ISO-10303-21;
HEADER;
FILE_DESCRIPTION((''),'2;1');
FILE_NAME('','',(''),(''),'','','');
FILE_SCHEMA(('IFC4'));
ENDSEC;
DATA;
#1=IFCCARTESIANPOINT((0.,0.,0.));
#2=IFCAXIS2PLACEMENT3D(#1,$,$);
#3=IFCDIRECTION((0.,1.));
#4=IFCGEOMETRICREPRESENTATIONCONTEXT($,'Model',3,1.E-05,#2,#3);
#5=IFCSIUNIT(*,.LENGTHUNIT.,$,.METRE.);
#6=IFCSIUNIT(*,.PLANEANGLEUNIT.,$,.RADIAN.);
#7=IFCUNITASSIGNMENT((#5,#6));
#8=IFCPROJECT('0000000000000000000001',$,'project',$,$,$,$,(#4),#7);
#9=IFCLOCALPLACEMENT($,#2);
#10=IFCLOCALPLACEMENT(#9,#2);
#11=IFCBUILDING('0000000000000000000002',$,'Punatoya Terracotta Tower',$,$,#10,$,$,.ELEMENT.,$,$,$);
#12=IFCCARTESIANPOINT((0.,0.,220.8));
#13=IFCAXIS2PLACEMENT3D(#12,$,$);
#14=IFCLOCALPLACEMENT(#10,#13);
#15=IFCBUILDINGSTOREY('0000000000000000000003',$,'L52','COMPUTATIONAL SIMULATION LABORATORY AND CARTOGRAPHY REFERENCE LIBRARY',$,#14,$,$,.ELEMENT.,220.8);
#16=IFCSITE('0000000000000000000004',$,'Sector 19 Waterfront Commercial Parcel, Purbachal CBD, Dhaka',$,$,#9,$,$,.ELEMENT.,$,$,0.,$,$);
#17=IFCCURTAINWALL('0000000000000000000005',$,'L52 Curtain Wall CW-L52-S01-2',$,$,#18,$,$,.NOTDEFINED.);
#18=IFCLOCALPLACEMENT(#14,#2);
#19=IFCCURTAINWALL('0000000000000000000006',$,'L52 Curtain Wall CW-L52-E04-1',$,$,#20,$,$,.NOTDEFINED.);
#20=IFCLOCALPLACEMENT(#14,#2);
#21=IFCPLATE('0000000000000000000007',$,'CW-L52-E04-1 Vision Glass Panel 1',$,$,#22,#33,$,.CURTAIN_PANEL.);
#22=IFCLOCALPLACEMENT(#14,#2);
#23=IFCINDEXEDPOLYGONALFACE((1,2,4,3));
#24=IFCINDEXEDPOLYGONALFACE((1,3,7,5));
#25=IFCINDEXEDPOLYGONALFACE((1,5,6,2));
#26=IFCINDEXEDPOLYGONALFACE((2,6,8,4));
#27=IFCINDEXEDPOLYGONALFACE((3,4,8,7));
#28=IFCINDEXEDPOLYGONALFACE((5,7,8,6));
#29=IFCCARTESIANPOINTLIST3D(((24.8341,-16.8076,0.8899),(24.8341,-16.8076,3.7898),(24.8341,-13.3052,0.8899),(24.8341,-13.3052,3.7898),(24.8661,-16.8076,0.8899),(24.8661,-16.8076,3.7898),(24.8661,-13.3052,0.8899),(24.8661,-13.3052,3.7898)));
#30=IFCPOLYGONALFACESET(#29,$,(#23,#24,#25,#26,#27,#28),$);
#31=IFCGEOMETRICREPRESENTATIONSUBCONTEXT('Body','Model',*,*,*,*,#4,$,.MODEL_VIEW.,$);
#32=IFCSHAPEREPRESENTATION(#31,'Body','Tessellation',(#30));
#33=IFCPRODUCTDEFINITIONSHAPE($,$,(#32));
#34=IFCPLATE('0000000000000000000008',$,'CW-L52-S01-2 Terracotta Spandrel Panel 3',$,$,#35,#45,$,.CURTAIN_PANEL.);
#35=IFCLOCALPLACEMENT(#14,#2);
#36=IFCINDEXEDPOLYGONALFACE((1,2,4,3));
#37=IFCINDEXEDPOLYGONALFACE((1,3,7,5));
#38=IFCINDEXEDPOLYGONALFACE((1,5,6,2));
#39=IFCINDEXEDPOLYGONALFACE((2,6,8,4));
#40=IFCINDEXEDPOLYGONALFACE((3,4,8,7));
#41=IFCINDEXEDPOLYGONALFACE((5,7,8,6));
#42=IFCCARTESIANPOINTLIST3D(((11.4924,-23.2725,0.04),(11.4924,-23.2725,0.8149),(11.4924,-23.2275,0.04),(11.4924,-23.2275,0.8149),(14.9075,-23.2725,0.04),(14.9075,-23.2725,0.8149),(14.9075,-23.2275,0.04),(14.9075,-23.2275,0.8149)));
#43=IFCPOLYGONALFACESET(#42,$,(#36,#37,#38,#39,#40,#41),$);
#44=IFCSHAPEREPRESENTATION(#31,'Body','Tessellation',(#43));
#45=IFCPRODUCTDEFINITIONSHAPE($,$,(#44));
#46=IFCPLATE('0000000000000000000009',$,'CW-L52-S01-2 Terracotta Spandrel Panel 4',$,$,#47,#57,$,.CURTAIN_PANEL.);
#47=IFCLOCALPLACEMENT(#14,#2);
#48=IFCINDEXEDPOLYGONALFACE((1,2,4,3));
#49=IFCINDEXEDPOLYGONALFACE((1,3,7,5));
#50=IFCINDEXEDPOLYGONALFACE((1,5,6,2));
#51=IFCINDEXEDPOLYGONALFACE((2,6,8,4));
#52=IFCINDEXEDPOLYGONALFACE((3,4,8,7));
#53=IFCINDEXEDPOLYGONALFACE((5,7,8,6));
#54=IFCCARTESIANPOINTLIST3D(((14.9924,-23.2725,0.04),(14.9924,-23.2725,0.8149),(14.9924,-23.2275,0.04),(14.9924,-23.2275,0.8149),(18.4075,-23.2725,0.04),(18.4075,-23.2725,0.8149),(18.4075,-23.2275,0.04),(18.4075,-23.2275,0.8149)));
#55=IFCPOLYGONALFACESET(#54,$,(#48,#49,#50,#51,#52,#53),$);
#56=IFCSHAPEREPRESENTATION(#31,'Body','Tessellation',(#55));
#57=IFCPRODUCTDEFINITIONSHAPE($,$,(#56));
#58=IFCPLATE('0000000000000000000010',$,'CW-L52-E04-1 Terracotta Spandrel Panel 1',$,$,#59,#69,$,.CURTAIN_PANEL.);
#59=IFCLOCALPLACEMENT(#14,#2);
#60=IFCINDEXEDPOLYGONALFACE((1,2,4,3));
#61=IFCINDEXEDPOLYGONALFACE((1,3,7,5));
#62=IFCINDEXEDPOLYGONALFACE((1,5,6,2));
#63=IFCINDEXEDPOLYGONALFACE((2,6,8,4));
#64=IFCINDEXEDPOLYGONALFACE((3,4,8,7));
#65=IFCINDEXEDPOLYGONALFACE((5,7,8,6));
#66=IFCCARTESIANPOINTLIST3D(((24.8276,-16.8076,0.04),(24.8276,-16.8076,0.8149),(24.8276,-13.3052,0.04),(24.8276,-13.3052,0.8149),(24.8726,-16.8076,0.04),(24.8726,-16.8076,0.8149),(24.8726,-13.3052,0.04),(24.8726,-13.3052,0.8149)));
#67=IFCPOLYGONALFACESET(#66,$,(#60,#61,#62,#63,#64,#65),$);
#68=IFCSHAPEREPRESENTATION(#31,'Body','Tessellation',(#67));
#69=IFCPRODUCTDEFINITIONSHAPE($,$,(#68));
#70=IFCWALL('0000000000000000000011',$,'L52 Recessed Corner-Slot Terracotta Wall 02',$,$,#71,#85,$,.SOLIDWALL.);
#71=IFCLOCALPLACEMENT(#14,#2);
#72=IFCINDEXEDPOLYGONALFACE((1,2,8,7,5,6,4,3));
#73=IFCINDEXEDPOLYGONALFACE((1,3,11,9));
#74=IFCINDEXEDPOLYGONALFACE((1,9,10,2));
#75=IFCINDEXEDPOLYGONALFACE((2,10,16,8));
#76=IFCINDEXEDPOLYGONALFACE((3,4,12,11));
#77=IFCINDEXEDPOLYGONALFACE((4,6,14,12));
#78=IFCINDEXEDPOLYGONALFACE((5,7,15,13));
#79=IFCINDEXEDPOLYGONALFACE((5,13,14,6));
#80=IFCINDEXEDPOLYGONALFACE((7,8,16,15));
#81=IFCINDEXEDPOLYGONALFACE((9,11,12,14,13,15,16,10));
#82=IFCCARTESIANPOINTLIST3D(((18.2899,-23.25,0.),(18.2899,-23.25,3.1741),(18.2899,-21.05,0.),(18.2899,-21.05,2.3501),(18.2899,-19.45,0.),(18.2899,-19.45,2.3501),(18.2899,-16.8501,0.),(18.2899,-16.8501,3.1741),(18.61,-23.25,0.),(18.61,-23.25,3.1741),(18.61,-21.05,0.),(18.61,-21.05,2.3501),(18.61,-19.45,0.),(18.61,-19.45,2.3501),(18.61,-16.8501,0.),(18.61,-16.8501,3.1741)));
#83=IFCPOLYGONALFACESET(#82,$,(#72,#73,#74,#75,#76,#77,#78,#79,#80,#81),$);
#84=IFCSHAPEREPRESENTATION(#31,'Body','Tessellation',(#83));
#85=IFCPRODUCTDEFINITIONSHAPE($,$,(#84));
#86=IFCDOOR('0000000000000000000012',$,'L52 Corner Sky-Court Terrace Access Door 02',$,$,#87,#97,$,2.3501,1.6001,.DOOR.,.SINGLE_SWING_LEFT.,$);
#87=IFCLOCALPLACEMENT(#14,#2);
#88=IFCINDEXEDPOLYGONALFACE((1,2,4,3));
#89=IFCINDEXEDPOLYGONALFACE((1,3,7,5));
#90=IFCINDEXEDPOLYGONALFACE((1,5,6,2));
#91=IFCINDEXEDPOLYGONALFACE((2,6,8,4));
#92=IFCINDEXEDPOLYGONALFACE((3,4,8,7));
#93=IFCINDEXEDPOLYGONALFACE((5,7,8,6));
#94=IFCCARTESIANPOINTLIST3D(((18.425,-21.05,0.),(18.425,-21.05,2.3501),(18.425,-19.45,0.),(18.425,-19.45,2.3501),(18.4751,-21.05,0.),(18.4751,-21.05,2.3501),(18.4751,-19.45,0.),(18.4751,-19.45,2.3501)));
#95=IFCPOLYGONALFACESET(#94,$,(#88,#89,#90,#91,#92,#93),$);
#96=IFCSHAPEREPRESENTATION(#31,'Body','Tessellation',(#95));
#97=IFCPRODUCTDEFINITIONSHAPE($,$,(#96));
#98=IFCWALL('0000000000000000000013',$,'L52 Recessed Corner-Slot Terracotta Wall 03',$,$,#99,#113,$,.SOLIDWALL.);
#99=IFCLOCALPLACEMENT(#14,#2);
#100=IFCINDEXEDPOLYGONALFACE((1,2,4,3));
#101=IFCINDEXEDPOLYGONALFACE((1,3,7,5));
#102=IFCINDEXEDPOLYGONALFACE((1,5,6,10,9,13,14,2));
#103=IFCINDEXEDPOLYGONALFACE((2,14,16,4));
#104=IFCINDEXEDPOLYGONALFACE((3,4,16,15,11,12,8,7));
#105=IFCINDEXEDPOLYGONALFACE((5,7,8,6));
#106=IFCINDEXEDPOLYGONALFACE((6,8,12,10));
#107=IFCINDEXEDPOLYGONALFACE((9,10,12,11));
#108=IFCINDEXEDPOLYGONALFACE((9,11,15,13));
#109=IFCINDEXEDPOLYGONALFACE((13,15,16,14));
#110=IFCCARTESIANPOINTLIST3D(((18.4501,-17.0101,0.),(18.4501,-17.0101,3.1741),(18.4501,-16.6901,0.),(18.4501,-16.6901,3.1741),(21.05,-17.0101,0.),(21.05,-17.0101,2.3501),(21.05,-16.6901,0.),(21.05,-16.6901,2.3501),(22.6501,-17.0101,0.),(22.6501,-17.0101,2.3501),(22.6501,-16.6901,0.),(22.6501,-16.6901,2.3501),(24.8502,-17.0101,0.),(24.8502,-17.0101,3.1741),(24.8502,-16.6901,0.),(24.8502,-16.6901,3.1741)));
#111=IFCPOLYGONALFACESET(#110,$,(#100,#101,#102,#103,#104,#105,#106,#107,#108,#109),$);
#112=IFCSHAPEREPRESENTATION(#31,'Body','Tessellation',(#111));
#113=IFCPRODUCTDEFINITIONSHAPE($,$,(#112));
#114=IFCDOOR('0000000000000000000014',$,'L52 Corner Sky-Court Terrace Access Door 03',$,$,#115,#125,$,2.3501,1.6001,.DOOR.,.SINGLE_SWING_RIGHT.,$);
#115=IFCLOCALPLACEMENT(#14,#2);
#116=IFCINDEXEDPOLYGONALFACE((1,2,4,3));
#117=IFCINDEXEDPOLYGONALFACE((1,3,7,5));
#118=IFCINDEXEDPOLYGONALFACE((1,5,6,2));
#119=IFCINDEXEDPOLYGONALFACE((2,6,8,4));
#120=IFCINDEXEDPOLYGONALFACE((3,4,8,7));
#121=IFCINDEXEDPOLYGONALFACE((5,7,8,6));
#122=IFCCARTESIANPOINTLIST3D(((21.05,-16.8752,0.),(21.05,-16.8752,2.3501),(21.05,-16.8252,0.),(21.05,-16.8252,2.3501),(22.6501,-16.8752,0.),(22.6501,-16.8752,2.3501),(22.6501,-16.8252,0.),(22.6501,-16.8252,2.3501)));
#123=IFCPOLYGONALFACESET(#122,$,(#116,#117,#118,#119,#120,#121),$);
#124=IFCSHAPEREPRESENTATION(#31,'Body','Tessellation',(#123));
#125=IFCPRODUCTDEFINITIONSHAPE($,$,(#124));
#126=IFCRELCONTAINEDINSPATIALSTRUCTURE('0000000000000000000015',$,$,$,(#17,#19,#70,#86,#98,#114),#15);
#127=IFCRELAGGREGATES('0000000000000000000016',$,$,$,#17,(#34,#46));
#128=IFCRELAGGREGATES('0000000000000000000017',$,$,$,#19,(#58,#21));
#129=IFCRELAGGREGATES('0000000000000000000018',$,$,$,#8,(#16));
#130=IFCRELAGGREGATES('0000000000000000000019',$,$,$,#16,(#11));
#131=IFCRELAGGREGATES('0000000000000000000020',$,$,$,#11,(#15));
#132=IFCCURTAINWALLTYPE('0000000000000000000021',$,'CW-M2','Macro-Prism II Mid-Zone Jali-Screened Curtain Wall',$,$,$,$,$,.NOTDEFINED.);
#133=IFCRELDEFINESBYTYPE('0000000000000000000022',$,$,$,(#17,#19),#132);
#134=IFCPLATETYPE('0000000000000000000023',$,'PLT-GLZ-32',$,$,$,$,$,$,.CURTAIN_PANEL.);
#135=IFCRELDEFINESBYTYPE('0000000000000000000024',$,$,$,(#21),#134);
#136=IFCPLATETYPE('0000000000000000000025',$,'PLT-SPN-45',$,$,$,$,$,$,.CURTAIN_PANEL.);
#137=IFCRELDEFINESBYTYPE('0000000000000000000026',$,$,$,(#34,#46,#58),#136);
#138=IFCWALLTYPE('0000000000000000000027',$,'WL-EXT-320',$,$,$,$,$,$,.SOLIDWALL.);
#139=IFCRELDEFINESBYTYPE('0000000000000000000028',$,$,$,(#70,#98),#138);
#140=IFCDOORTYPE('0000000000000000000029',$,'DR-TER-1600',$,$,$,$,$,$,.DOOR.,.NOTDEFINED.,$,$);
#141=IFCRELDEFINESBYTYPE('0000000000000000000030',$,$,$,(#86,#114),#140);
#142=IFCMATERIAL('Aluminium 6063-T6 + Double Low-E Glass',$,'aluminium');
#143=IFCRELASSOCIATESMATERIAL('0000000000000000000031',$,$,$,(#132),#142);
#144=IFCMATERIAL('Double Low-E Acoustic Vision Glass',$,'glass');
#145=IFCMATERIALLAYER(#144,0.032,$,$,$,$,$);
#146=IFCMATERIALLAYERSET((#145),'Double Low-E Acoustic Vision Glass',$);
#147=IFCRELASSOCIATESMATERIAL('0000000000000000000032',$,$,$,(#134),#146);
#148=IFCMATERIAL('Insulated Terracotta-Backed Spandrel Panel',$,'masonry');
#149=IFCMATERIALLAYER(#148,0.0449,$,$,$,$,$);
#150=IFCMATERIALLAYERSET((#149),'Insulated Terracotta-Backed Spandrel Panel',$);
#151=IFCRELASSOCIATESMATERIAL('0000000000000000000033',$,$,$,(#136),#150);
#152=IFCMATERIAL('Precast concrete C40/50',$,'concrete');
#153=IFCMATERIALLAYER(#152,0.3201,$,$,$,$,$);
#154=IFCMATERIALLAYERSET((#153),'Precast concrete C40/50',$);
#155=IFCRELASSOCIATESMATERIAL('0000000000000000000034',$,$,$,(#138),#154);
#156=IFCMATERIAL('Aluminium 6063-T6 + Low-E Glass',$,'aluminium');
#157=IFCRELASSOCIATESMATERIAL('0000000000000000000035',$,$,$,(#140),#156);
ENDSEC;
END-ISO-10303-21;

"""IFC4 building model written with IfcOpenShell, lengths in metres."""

from ifc_helpers import new_model, si_unit, direction, frame, frame_2d, origin, origin_2d, place, context, subcontext, project, spatial, rectangle, extrude, material, layer, layer_set, type_object, element, fill, aggregate, save


model = new_model("IFC4")

# Units and contexts
model_context = context("Model", 3, precision=1e-05, world=origin(), true_north=direction((0.0, 1.0)))
body_context = subcontext(model_context, "Body", "Model", "MODEL_VIEW")
ifc_project = project(units=[si_unit("LENGTHUNIT", "METRE"), si_unit("PLANEANGLEUNIT", "RADIAN")], contexts=[model_context])

# Site, building, storey
site_placement = place(None, origin())
site = spatial("IfcSite", under=ifc_project, at=site_placement, Name="Sector 19 Waterfront Commercial Parcel, Purbachal CBD, Dhaka", CompositionType="ELEMENT", RefElevation=0.0)
building_placement = place(site_placement, origin())
building = spatial("IfcBuilding", under=site, at=building_placement, Name="Punatoya Terracotta Tower", CompositionType="ELEMENT")
storey_placement = place(building_placement, frame((0.0, 0.0, 220.8)))
storey = spatial("IfcBuildingStorey", under=building, at=storey_placement, Name="L52", Description="COMPUTATIONAL SIMULATION LABORATORY AND CARTOGRAPHY REFERENCE LIBRARY", CompositionType="ELEMENT", Elevation=220.8)

# Curtain walls
ifc_material_1 = material(Name="Aluminium 6063-T6 + Double Low-E Glass", Category="aluminium")
curtain_wall_type = type_object("IfcCurtainWallType", Name="CW-M2", Description="Macro-Prism II Mid-Zone Jali-Screened Curtain Wall", PredefinedType="NOTDEFINED", material=ifc_material_1)
curtain_wall_1_placement = place(storey_placement, origin())
curtain_wall_1 = element("IfcCurtainWall", 1, at=curtain_wall_1_placement, inside=storey, type_object=curtain_wall_type, Name="L52 Curtain Wall CW-L52-S01-2", PredefinedType="NOTDEFINED")
curtain_wall_2_placement = place(storey_placement, origin())
curtain_wall_2 = element("IfcCurtainWall", 2, at=curtain_wall_2_placement, inside=storey, type_object=curtain_wall_type, Name="L52 Curtain Wall CW-L52-E04-1", PredefinedType="NOTDEFINED")

# Plates
ifc_material_2 = material(Name="Double Low-E Acoustic Vision Glass", Category="glass")
ifc_layer_1 = layer(ifc_material_2, 0.032)
ifc_layer_set_1 = layer_set([ifc_layer_1], Name="Double Low-E Acoustic Vision Glass")
plate_type_1 = type_object("IfcPlateType", Name="PLT-GLZ-32", PredefinedType="CURTAIN_PANEL", material=ifc_layer_set_1)
plate_1_placement = place(storey_placement, frame((24.8501, -15.0564, 0.8899), z_axis=(0.0, 0.0, 1.0), x_axis=(0.0, 1.0, 0.0)))
plate_1 = element("IfcPlate", 3, at=plate_1_placement, type_object=plate_type_1, Name="CW-L52-E04-1 Vision Glass Panel 1", PredefinedType="CURTAIN_PANEL", context=body_context, shape_type="SweptSolid", body=[
    extrude(rectangle(XDim=3.5024, YDim=0.032, at=origin_2d()), origin(), (0.0, 0.0, 1.0), 2.8999),
])
ifc_material_3 = material(Name="Insulated Terracotta-Backed Spandrel Panel", Category="masonry")
ifc_layer_2 = layer(ifc_material_3, 0.0449)
ifc_layer_set_2 = layer_set([ifc_layer_2], Name="Insulated Terracotta-Backed Spandrel Panel")
plate_type_2 = type_object("IfcPlateType", Name="PLT-SPN-45", PredefinedType="CURTAIN_PANEL", material=ifc_layer_set_2)
plate_2_placement = place(storey_placement, frame((13.2, -23.25, 0.04), z_axis=(0.0, 0.0, 1.0), x_axis=(1.0, 0.0, 0.0)))
plate_2 = element("IfcPlate", 4, at=plate_2_placement, type_object=plate_type_2, Name="CW-L52-S01-2 Terracotta Spandrel Panel 3", PredefinedType="CURTAIN_PANEL", context=body_context, shape_type="SweptSolid", body=[
    extrude(rectangle(XDim=3.415, YDim=0.0449, at=origin_2d()), origin(), (0.0, 0.0, 1.0), 0.7749),
])
plate_3_placement = place(storey_placement, frame((16.7, -23.25, 0.04), z_axis=(0.0, 0.0, 1.0), x_axis=(1.0, 0.0, 0.0)))
plate_3 = element("IfcPlate", 5, at=plate_3_placement, type_object=plate_type_2, Name="CW-L52-S01-2 Terracotta Spandrel Panel 4", PredefinedType="CURTAIN_PANEL", context=body_context, shape_type="SweptSolid", body=[
    extrude(rectangle(XDim=3.415, YDim=0.0449, at=origin_2d()), origin(), (0.0, 0.0, 1.0), 0.7749),
])
aggregate(curtain_wall_1, [plate_2, plate_3])
plate_4_placement = place(storey_placement, frame((24.8501, -15.0564, 0.04), z_axis=(0.0, 0.0, 1.0), x_axis=(0.0, 1.0, 0.0)))
plate_4 = element("IfcPlate", 6, at=plate_4_placement, type_object=plate_type_2, Name="CW-L52-E04-1 Terracotta Spandrel Panel 1", PredefinedType="CURTAIN_PANEL", context=body_context, shape_type="SweptSolid", body=[
    extrude(rectangle(XDim=3.5024, YDim=0.0449, at=origin_2d()), origin(), (0.0, 0.0, 1.0), 0.7749),
])
aggregate(curtain_wall_2, [plate_4, plate_1])

# Walls, openings, doors
ifc_material_4 = material(Name="Precast concrete C40/50", Category="concrete")
ifc_layer_3 = layer(ifc_material_4, 0.3201)
ifc_layer_set_3 = layer_set([ifc_layer_3], Name="Precast concrete C40/50")
wall_type = type_object("IfcWallType", Name="WL-EXT-320", PredefinedType="SOLIDWALL", material=ifc_layer_set_3)
wall_1_placement = place(storey_placement, frame((18.45, -23.25, 0.0), z_axis=(0.0, 0.0, 1.0), x_axis=(0.0, 1.0, 0.0)))
wall_1 = element("IfcWall", 7, at=wall_1_placement, inside=storey, type_object=wall_type, Name="L52 Recessed Corner-Slot Terracotta Wall 02", PredefinedType="SOLIDWALL", context=body_context, shape_type="SweptSolid", body=[
    extrude(rectangle(XDim=6.3999, YDim=0.3201, at=frame_2d((3.2, 0.0))), origin(), (0.0, 0.0, 1.0), 3.1741),
])
opening_1_placement = place(wall_1_placement, frame((2.2, 0.0, 0.0)))
opening_1 = element("IfcOpeningElement", 8, at=opening_1_placement, cuts=wall_1, PredefinedType="OPENING", context=body_context, shape_type="SweptSolid", body=[
    extrude(rectangle(XDim=1.6001, YDim=2.3501, at=frame_2d((0.8, 1.175))), frame((0.0, 0.1699, 0.0), z_axis=(0.0, -1.0, 0.0), x_axis=(1.0, 0.0, 0.0)), (0.0, 0.0, 1.0), 0.3401),
])
ifc_material_5 = material(Name="Aluminium 6063-T6 + Low-E Glass", Category="aluminium")
door_type = type_object("IfcDoorType", Name="DR-TER-1600", OperationType="NOTDEFINED", PredefinedType="DOOR", material=ifc_material_5)
door_1_placement = place(opening_1_placement, origin())
door_1 = element("IfcDoor", 9, at=door_1_placement, inside=storey, type_object=door_type, Name="L52 Corner Sky-Court Terrace Access Door 02", OperationType="SINGLE_SWING_LEFT", OverallHeight=2.3501, OverallWidth=1.6001, PredefinedType="DOOR", context=body_context, shape_type="SweptSolid", body=[
    extrude(rectangle(XDim=1.6001, YDim=2.3501, at=frame_2d((0.8, 1.175))), frame((0.0, 0.0249, 0.0), z_axis=(0.0, -1.0, 0.0), x_axis=(1.0, 0.0, 0.0)), (0.0, 0.0, 1.0), 0.05),
])
fill(opening_1, door_1)
wall_2_placement = place(storey_placement, frame((18.45, -16.8501, 0.0), z_axis=(0.0, 0.0, 1.0), x_axis=(1.0, 0.0, 0.0)))
wall_2 = element("IfcWall", 10, at=wall_2_placement, inside=storey, type_object=wall_type, Name="L52 Recessed Corner-Slot Terracotta Wall 03", PredefinedType="SOLIDWALL", context=body_context, shape_type="SweptSolid", body=[
    extrude(rectangle(XDim=6.4001, YDim=0.3201, at=frame_2d((3.2002, 0.0))), origin(), (0.0, 0.0, 1.0), 3.1741),
])
opening_2_placement = place(wall_2_placement, frame((2.6001, 0.0, 0.0)))
opening_2 = element("IfcOpeningElement", 11, at=opening_2_placement, cuts=wall_2, PredefinedType="OPENING", context=body_context, shape_type="SweptSolid", body=[
    extrude(rectangle(XDim=1.6001, YDim=2.3501, at=frame_2d((0.8, 1.175))), frame((0.0, 0.1699, 0.0), z_axis=(0.0, -1.0, 0.0), x_axis=(1.0, 0.0, 0.0)), (0.0, 0.0, 1.0), 0.3401),
])
door_2_placement = place(opening_2_placement, origin())
door_2 = element("IfcDoor", 12, at=door_2_placement, inside=storey, type_object=door_type, Name="L52 Corner Sky-Court Terrace Access Door 03", OperationType="SINGLE_SWING_RIGHT", OverallHeight=2.3501, OverallWidth=1.6001, PredefinedType="DOOR", context=body_context, shape_type="SweptSolid", body=[
    extrude(rectangle(XDim=1.6001, YDim=2.3501, at=frame_2d((0.8, 1.175))), frame((0.0, 0.0249, 0.0), z_axis=(0.0, -1.0, 0.0), x_axis=(1.0, 0.0, 0.0)), (0.0, 0.0, 1.0), 0.05),
])
fill(opening_2, door_2)

save(model, "model.ifc")
